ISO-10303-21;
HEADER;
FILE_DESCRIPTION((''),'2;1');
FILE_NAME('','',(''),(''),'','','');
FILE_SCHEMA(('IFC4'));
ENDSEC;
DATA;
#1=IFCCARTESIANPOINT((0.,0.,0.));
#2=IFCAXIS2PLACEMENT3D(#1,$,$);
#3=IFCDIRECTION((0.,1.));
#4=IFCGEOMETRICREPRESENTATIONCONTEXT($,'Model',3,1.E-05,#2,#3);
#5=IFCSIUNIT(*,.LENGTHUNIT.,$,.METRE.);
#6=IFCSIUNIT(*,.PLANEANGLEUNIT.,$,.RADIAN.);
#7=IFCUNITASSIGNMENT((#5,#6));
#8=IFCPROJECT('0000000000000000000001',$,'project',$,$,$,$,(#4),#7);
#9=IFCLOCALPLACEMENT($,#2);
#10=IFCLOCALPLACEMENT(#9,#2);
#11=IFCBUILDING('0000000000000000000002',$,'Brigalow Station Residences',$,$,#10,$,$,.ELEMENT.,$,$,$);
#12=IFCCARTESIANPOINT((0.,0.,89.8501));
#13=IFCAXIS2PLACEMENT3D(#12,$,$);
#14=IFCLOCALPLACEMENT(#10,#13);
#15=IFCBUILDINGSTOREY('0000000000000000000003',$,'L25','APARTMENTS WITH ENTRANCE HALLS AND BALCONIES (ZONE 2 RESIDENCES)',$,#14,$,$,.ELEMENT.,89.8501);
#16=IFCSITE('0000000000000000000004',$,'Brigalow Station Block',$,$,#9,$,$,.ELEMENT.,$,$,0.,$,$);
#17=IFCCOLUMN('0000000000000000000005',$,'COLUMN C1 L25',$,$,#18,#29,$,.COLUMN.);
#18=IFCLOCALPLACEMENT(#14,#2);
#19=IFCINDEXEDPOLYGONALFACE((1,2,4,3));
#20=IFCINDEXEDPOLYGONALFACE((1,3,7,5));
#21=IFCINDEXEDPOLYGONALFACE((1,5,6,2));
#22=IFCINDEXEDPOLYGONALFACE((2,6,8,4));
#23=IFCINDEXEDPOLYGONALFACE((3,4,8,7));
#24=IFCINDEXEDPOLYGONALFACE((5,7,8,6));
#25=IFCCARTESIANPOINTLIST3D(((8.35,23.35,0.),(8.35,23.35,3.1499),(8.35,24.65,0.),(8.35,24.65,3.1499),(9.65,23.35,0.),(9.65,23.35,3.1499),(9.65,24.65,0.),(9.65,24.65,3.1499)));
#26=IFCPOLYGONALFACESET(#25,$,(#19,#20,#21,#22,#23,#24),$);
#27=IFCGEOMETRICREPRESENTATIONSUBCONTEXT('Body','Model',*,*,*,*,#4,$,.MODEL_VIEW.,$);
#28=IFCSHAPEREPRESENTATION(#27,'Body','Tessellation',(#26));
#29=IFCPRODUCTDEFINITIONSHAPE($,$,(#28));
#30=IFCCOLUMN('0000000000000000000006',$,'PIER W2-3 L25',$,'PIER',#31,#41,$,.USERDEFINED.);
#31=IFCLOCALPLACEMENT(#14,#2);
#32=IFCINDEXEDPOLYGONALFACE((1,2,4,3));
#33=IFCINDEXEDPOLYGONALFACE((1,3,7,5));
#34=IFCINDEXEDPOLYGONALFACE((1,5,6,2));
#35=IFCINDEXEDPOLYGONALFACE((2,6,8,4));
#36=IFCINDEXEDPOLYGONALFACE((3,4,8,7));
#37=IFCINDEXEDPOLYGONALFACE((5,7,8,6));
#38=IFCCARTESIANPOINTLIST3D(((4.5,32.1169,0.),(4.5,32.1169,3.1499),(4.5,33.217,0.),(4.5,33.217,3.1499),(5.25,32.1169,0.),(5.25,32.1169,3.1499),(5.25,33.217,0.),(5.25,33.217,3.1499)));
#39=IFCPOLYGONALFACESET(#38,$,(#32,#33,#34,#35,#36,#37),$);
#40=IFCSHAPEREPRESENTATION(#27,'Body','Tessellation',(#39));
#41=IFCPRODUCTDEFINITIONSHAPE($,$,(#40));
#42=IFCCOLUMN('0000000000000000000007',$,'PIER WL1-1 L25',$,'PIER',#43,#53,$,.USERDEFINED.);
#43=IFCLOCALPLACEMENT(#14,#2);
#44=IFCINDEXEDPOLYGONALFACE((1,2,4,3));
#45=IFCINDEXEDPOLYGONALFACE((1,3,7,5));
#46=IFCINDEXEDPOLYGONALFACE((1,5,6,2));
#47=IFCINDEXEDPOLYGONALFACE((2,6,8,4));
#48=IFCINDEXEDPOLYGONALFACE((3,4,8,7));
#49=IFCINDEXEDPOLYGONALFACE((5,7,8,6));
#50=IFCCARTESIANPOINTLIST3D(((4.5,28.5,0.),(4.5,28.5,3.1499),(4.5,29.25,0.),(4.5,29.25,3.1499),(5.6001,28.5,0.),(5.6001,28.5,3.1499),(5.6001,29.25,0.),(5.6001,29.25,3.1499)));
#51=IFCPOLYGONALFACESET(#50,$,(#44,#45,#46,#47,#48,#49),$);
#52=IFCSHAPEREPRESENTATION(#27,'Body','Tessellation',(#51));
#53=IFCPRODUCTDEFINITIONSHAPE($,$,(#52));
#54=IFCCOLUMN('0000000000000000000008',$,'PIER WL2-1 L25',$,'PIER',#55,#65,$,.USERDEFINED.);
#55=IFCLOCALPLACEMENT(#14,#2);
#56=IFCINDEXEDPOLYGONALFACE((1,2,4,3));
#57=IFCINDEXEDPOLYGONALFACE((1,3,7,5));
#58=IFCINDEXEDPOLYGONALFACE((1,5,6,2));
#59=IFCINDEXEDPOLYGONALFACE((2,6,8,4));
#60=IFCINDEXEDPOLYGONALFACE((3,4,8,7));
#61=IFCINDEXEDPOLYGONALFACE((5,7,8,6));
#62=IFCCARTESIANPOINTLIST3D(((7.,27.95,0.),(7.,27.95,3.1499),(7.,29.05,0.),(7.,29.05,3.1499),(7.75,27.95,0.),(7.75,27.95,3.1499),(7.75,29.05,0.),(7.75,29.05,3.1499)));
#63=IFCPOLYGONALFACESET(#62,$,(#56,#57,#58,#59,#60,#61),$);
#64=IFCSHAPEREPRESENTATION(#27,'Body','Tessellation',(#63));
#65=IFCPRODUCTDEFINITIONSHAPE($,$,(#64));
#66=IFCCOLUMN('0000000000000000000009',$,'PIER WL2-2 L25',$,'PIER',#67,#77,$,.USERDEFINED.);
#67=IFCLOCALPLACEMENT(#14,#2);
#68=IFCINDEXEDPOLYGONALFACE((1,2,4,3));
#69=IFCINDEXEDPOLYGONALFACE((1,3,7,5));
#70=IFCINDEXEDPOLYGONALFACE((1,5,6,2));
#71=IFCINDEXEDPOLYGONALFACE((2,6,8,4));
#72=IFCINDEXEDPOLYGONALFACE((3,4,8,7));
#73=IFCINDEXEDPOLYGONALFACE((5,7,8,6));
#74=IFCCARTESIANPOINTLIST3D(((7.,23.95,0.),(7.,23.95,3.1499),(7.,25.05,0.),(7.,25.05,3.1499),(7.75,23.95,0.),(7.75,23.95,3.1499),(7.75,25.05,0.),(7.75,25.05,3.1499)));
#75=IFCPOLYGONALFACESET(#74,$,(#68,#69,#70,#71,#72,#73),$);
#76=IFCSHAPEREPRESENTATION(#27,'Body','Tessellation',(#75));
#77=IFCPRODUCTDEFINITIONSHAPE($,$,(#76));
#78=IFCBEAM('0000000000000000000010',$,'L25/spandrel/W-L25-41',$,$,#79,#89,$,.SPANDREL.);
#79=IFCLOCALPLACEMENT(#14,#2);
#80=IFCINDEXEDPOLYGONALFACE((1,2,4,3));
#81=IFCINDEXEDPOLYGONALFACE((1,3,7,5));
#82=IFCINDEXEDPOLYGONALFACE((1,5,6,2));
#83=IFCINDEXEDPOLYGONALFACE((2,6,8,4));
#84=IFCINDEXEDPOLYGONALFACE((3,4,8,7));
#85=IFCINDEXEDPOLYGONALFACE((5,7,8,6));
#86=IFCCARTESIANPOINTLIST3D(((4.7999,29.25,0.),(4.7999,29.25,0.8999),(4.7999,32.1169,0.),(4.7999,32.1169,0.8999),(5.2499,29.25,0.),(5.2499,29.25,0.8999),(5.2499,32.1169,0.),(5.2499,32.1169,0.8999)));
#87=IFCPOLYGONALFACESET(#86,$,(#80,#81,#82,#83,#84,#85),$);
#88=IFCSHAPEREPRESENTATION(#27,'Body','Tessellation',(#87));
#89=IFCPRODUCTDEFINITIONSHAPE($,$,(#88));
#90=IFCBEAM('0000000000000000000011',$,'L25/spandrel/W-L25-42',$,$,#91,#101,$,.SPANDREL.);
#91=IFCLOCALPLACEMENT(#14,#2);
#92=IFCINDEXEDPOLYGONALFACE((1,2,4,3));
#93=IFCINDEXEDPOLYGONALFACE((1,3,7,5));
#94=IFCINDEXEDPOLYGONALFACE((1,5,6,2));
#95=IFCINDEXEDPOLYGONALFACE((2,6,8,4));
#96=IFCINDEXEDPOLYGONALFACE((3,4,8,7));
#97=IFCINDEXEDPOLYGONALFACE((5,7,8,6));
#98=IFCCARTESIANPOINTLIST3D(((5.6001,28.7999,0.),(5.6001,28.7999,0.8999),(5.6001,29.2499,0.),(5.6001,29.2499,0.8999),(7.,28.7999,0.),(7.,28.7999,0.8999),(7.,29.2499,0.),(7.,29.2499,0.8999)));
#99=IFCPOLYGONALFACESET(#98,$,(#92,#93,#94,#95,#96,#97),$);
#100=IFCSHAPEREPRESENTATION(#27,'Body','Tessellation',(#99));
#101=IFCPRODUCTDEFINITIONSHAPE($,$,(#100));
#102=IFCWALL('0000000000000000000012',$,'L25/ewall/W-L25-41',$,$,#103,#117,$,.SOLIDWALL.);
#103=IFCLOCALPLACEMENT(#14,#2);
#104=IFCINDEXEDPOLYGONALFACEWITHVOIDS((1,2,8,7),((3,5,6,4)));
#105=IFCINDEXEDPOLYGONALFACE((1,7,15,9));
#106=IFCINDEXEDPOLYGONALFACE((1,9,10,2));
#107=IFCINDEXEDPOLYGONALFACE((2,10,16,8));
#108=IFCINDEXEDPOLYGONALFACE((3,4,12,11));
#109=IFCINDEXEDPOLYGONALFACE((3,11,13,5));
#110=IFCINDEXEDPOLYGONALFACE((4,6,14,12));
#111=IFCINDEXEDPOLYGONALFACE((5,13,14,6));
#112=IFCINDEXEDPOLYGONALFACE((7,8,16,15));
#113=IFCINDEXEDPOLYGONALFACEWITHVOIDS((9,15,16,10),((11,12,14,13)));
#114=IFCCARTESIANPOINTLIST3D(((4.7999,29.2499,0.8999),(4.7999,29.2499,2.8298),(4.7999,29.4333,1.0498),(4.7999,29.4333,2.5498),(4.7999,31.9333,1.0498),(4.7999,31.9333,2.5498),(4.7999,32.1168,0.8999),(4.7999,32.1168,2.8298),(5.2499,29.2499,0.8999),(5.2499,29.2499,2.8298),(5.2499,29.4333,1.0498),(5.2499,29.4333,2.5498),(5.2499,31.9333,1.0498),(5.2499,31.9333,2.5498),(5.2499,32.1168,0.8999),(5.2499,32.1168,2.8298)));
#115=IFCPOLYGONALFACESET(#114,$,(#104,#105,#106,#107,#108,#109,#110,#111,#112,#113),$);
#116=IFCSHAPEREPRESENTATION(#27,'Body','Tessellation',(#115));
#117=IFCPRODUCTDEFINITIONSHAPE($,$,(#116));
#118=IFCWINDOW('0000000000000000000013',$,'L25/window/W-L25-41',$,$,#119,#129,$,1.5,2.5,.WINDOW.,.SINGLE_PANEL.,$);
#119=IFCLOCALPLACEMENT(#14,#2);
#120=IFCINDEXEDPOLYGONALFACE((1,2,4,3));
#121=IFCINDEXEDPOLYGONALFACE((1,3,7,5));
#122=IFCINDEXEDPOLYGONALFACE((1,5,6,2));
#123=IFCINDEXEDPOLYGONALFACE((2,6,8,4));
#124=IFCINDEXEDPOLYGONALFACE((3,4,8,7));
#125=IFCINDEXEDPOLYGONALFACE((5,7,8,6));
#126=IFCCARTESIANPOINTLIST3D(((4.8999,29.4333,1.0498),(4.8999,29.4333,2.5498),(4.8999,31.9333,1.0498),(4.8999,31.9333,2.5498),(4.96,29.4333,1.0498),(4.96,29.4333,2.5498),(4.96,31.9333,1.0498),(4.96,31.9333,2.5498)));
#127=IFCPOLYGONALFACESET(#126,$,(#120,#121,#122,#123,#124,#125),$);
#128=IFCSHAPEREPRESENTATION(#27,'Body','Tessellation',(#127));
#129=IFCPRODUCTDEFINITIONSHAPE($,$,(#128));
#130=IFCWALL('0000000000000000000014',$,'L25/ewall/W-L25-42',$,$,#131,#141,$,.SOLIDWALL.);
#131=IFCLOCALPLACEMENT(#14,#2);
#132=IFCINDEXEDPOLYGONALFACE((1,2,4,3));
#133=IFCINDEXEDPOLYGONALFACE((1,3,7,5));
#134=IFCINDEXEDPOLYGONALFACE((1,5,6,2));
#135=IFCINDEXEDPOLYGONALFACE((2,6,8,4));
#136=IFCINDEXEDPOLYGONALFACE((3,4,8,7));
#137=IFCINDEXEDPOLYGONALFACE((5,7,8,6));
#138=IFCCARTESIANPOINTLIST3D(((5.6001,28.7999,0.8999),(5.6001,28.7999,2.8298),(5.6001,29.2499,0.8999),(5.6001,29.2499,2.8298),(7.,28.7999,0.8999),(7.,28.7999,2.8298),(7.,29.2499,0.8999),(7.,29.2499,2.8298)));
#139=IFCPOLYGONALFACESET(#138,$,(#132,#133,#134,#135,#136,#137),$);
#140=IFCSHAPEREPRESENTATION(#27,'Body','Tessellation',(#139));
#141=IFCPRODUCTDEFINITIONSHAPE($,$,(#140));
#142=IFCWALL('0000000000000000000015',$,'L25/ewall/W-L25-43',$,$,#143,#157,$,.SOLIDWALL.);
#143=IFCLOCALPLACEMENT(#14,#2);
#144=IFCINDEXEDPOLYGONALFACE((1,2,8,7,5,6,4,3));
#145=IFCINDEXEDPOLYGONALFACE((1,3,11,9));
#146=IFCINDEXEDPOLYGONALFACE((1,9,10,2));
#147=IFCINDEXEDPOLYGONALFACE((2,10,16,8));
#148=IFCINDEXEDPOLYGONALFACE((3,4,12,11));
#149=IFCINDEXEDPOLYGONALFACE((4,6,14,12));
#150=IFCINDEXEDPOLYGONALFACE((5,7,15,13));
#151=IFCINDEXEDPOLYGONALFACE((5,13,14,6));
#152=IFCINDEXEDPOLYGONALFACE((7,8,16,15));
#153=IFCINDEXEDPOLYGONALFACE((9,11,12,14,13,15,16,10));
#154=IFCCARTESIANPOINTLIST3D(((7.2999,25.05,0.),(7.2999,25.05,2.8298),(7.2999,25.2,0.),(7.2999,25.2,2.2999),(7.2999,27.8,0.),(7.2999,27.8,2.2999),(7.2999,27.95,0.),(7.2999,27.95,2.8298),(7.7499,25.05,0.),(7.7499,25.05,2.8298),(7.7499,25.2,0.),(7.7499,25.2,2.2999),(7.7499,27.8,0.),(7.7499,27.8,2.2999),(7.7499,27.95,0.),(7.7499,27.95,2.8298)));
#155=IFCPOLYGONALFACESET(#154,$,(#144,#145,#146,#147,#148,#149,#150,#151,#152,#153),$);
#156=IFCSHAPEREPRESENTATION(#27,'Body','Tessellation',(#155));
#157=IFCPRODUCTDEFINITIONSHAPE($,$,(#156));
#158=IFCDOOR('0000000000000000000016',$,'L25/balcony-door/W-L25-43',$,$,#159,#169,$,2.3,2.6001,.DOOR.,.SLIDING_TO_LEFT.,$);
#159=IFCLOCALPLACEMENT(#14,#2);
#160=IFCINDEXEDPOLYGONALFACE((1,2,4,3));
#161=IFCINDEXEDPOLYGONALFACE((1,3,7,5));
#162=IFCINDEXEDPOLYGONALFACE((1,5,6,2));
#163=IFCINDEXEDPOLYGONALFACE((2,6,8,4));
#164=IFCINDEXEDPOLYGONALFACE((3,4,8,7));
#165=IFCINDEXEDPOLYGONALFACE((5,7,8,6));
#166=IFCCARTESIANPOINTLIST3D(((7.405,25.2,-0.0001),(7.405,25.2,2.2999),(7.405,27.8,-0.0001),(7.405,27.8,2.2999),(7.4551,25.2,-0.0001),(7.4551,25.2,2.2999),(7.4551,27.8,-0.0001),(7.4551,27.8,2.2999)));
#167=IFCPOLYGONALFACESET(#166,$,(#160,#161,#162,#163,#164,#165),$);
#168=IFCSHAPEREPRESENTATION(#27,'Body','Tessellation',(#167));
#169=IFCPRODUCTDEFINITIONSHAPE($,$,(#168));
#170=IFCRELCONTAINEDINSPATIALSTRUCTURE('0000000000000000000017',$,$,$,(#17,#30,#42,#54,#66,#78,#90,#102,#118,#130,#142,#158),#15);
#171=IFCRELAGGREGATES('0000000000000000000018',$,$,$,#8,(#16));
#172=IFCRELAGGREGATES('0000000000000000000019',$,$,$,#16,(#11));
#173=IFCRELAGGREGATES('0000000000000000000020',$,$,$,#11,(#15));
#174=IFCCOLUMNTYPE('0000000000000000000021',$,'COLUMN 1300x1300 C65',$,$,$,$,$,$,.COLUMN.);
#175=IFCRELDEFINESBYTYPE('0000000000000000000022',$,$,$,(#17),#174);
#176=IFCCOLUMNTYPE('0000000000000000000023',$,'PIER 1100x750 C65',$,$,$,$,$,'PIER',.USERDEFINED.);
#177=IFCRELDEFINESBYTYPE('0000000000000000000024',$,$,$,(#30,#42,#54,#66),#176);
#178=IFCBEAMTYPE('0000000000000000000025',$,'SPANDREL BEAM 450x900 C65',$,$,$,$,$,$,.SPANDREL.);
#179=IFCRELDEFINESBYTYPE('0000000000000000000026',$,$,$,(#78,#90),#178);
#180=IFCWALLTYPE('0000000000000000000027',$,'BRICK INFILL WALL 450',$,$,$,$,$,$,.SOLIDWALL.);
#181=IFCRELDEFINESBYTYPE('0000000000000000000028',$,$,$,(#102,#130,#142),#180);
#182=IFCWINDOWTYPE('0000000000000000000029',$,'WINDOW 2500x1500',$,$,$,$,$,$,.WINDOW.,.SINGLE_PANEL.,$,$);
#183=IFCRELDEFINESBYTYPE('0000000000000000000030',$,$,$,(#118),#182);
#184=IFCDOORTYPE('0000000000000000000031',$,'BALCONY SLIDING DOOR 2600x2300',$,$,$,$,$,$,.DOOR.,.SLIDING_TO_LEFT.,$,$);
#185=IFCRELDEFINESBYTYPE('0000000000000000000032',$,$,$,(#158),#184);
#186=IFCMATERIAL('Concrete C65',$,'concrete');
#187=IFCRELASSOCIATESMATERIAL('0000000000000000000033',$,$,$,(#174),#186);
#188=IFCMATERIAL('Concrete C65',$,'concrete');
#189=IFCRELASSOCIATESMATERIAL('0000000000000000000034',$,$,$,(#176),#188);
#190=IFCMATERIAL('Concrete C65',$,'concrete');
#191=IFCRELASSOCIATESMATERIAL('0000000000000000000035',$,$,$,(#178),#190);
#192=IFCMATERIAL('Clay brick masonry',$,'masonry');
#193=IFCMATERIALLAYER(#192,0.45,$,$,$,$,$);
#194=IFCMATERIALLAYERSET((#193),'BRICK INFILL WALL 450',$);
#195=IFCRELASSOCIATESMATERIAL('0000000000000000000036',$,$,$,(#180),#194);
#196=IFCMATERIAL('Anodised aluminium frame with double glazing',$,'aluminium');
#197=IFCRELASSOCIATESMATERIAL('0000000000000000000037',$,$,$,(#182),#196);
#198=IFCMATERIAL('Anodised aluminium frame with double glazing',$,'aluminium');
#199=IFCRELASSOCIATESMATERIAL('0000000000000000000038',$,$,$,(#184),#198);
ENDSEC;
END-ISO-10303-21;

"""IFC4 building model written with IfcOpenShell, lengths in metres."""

from ifc_helpers import new_model, si_unit, direction, frame, frame_2d, origin, origin_2d, place, context, subcontext, project, spatial, rectangle, extrude, material, layer, layer_set, material_profile, profile_set, type_object, element, fill, save


model = new_model("IFC4")

# Units and contexts
model_context = context("Model", 3, precision=1e-05, world=origin(), true_north=direction((0.0, 1.0)))
body_context = subcontext(model_context, "Body", "Model", "MODEL_VIEW")
ifc_project = project(units=[si_unit("LENGTHUNIT", "METRE"), si_unit("PLANEANGLEUNIT", "RADIAN")], contexts=[model_context])

# Site, building, storey
site_placement = place(None, origin())
site = spatial("IfcSite", under=ifc_project, at=site_placement, Name="Brigalow Station Block", CompositionType="ELEMENT", RefElevation=0.0)
building_placement = place(site_placement, origin())
building = spatial("IfcBuilding", under=site, at=building_placement, Name="Brigalow Station Residences", CompositionType="ELEMENT")
storey_placement = place(building_placement, frame((0.0, 0.0, 89.8501)))
storey = spatial("IfcBuildingStorey", under=building, at=storey_placement, Name="L25", Description="APARTMENTS WITH ENTRANCE HALLS AND BALCONIES (ZONE 2 RESIDENCES)", CompositionType="ELEMENT", Elevation=89.8501)

# Columns
ifc_material_1 = material(Name="Concrete C65", Category="concrete")
ifc_material_profile_1 = material_profile(ifc_material_1, rectangle(XDim=1.3, YDim=1.3, at=origin_2d()), Name="RC1300x1300")
ifc_profile_set_1 = profile_set([ifc_material_profile_1], Name="Concrete C65")
column_type_1 = type_object("IfcColumnType", Name="COLUMN 1300x1300 C65", PredefinedType="COLUMN", material=ifc_profile_set_1)
column_placement = place(storey_placement, frame((9.0, 24.0, 0.0), z_axis=(0.0, 0.0, 1.0), x_axis=(1.0, 0.0, 0.0)))
element("IfcColumn", 1, at=column_placement, inside=storey, type_object=column_type_1, Name="COLUMN C1 L25", PredefinedType="COLUMN", context=body_context, shape_type="SweptSolid", body=[
    extrude(rectangle(XDim=1.3, YDim=1.3, at=origin_2d()), origin(), (0.0, 0.0, 1.0), 3.1499),
])
ifc_material_2 = material(Name="Concrete C65", Category="concrete")
ifc_material_profile_2 = material_profile(ifc_material_2, rectangle(XDim=1.1001, YDim=0.75, at=origin_2d()), Name="RC1100x750")
ifc_profile_set_2 = profile_set([ifc_material_profile_2], Name="Concrete C65")
column_type_2 = type_object("IfcColumnType", Name="PIER 1100x750 C65", ElementType="PIER", PredefinedType="USERDEFINED", material=ifc_profile_set_2)
for number, where, z_axis, x_axis, name in (
    (2, (4.875, 32.667, 0.0), (0.0, 0.0, 1.0), (0.0, -1.0, 0.0), "PIER W2-3 L25"),
    (3, (5.05, 28.875, 0.0), (0.0, 0.0, 1.0), (1.0, 0.0, 0.0), "PIER WL1-1 L25"),
    (4, (7.375, 28.5, 0.0), (0.0, 0.0, 1.0), (0.0, -1.0, 0.0), "PIER WL2-1 L25"),
    (5, (7.375, 24.5, 0.0), (0.0, 0.0, 1.0), (0.0, -1.0, 0.0), "PIER WL2-2 L25"),
):
    element("IfcColumn", number, at=place(storey_placement, frame(where, z_axis=z_axis, x_axis=x_axis)), inside=storey, type_object=column_type_2, Name=name, ObjectType="PIER", PredefinedType="USERDEFINED", context=body_context, shape_type="SweptSolid", body=[
        extrude(rectangle(XDim=1.1001, YDim=0.75, at=origin_2d()), origin(), (0.0, 0.0, 1.0), 3.1499),
    ])

# Beams
ifc_material_3 = material(Name="Concrete C65", Category="concrete")
ifc_material_profile_3 = material_profile(ifc_material_3, rectangle(XDim=0.45, YDim=0.8999, at=origin_2d()), Name="RC450x900")
ifc_profile_set_3 = profile_set([ifc_material_profile_3], Name="Concrete C65")
beam_type = type_object("IfcBeamType", Name="SPANDREL BEAM 450x900 C65", PredefinedType="SPANDREL", material=ifc_profile_set_3)
beam_1_placement = place(storey_placement, frame((5.0249, 32.1169, 0.45), z_axis=(0.0, -1.0, 0.0), x_axis=(1.0, 0.0, 0.0)))
element("IfcBeam", 6, at=beam_1_placement, inside=storey, type_object=beam_type, Name="L25/spandrel/W-L25-41", PredefinedType="SPANDREL", context=body_context, shape_type="SweptSolid", body=[
    extrude(rectangle(XDim=0.45, YDim=0.8999, at=origin_2d()), origin(), (0.0, 0.0, 1.0), 2.8669),
])
beam_2_placement = place(storey_placement, frame((5.6001, 29.0249, 0.45), z_axis=(1.0, 0.0, 0.0), x_axis=(0.0, 1.0, 0.0)))
element("IfcBeam", 7, at=beam_2_placement, inside=storey, type_object=beam_type, Name="L25/spandrel/W-L25-42", PredefinedType="SPANDREL", context=body_context, shape_type="SweptSolid", body=[
    extrude(rectangle(XDim=0.45, YDim=0.8999, at=origin_2d()), origin(), (0.0, 0.0, 1.0), 1.3999),
])

# Wall, opening, window
ifc_material_4 = material(Name="Clay brick masonry", Category="masonry")
ifc_layer_1 = layer(ifc_material_4, 0.45)
ifc_layer_set_1 = layer_set([ifc_layer_1], Name="BRICK INFILL WALL 450")
wall_type_1 = type_object("IfcWallType", Name="BRICK INFILL WALL 450", PredefinedType="SOLIDWALL", material=ifc_layer_set_1)
wall_1_placement = place(storey_placement, frame((5.0249, 32.1169, 0.8999), z_axis=(0.0, 0.0, 1.0), x_axis=(0.0, -1.0, 0.0)))
wall_1 = element("IfcWall", 8, at=wall_1_placement, inside=storey, type_object=wall_type_1, Name="L25/ewall/W-L25-41", PredefinedType="SOLIDWALL", context=body_context, shape_type="SweptSolid", body=[
    extrude(rectangle(XDim=2.8669, YDim=0.45, at=frame_2d((1.4336, 0.0))), origin(), (0.0, 0.0, 1.0), 1.9299),
])
opening_1_placement = place(wall_1_placement, frame((0.1836, 0.0, 0.1499)))
opening_1 = element("IfcOpeningElement", 9, at=opening_1_placement, cuts=wall_1, PredefinedType="OPENING", context=body_context, shape_type="SweptSolid", body=[
    extrude(rectangle(XDim=2.5, YDim=1.5, at=frame_2d((1.25, 0.75))), frame((0.0, 0.2349, 0.0), z_axis=(0.0, -1.0, 0.0), x_axis=(1.0, 0.0, 0.0)), (0.0, 0.0, 1.0), 0.47),
])
ifc_material_5 = material(Name="Anodised aluminium frame with double glazing", Category="aluminium")
window_type = type_object("IfcWindowType", Name="WINDOW 2500x1500", PartitioningType="SINGLE_PANEL", PredefinedType="WINDOW", material=ifc_material_5)
window_placement = place(opening_1_placement, origin())
window = element("IfcWindow", 10, at=window_placement, inside=storey, type_object=window_type, Name="L25/window/W-L25-41", OverallHeight=1.5, OverallWidth=2.5, PartitioningType="SINGLE_PANEL", PredefinedType="WINDOW", context=body_context, shape_type="SweptSolid", body=[
    extrude(rectangle(XDim=2.5, YDim=1.5, at=frame_2d((1.25, 0.75))), frame((0.0, -0.0649, 0.0), z_axis=(0.0, -1.0, 0.0), x_axis=(1.0, 0.0, 0.0)), (0.0, 0.0, 1.0), 0.0601),
])
fill(opening_1, window)

# Wall
wall_2_placement = place(storey_placement, frame((5.6001, 29.0249, 0.8999), z_axis=(0.0, 0.0, 1.0), x_axis=(1.0, 0.0, 0.0)))
element("IfcWall", 11, at=wall_2_placement, inside=storey, type_object=wall_type_1, Name="L25/ewall/W-L25-42", PredefinedType="SOLIDWALL", context=body_context, shape_type="SweptSolid", body=[
    extrude(rectangle(XDim=1.3999, YDim=0.45, at=frame_2d((0.7, 0.0))), origin(), (0.0, 0.0, 1.0), 1.9299),
])

# Wall, opening, door
wall_3_placement = place(storey_placement, frame((7.5249, 27.95, 0.0), z_axis=(0.0, 0.0, 1.0), x_axis=(0.0, -1.0, 0.0)))
wall_3 = element("IfcWall", 12, at=wall_3_placement, inside=storey, type_object=wall_type_1, Name="L25/ewall/W-L25-43", PredefinedType="SOLIDWALL", context=body_context, shape_type="SweptSolid", body=[
    extrude(rectangle(XDim=2.8999, YDim=0.45, at=frame_2d((1.45, 0.0))), origin(), (0.0, 0.0, 1.0), 2.8298),
])
opening_2_placement = place(wall_3_placement, frame((0.1499, 0.0, 0.0)))
opening_2 = element("IfcOpeningElement", 13, at=opening_2_placement, cuts=wall_3, PredefinedType="OPENING", context=body_context, shape_type="SweptSolid", body=[
    extrude(rectangle(XDim=2.6001, YDim=2.3, at=frame_2d((1.3, 1.1499))), frame((0.0, 0.2349, 0.0), z_axis=(0.0, -1.0, 0.0), x_axis=(1.0, 0.0, 0.0)), (0.0, 0.0, 1.0), 0.47),
])
ifc_material_6 = material(Name="Anodised aluminium frame with double glazing", Category="aluminium")
door_type_1 = type_object("IfcDoorType", Name="BALCONY SLIDING DOOR 2600x2300", OperationType="SLIDING_TO_LEFT", PredefinedType="DOOR", material=ifc_material_6)
door_1_placement = place(opening_2_placement, origin())
door_1 = element("IfcDoor", 14, at=door_1_placement, inside=storey, type_object=door_type_1, Name="L25/balcony-door/W-L25-43", OperationType="SLIDING_TO_LEFT", OverallHeight=2.3, OverallWidth=2.6001, PredefinedType="DOOR", context=body_context, shape_type="SweptSolid", body=[
    extrude(rectangle(XDim=2.6001, YDim=2.3, at=frame_2d((1.3, 1.1499))), frame((0.0, -0.0698, 0.0), z_axis=(0.0, -1.0, 0.0), x_axis=(1.0, 0.0, 0.0)), (0.0, 0.0, 1.0), 0.05),
])
fill(opening_2, door_1)

save(model, "model.ifc")
